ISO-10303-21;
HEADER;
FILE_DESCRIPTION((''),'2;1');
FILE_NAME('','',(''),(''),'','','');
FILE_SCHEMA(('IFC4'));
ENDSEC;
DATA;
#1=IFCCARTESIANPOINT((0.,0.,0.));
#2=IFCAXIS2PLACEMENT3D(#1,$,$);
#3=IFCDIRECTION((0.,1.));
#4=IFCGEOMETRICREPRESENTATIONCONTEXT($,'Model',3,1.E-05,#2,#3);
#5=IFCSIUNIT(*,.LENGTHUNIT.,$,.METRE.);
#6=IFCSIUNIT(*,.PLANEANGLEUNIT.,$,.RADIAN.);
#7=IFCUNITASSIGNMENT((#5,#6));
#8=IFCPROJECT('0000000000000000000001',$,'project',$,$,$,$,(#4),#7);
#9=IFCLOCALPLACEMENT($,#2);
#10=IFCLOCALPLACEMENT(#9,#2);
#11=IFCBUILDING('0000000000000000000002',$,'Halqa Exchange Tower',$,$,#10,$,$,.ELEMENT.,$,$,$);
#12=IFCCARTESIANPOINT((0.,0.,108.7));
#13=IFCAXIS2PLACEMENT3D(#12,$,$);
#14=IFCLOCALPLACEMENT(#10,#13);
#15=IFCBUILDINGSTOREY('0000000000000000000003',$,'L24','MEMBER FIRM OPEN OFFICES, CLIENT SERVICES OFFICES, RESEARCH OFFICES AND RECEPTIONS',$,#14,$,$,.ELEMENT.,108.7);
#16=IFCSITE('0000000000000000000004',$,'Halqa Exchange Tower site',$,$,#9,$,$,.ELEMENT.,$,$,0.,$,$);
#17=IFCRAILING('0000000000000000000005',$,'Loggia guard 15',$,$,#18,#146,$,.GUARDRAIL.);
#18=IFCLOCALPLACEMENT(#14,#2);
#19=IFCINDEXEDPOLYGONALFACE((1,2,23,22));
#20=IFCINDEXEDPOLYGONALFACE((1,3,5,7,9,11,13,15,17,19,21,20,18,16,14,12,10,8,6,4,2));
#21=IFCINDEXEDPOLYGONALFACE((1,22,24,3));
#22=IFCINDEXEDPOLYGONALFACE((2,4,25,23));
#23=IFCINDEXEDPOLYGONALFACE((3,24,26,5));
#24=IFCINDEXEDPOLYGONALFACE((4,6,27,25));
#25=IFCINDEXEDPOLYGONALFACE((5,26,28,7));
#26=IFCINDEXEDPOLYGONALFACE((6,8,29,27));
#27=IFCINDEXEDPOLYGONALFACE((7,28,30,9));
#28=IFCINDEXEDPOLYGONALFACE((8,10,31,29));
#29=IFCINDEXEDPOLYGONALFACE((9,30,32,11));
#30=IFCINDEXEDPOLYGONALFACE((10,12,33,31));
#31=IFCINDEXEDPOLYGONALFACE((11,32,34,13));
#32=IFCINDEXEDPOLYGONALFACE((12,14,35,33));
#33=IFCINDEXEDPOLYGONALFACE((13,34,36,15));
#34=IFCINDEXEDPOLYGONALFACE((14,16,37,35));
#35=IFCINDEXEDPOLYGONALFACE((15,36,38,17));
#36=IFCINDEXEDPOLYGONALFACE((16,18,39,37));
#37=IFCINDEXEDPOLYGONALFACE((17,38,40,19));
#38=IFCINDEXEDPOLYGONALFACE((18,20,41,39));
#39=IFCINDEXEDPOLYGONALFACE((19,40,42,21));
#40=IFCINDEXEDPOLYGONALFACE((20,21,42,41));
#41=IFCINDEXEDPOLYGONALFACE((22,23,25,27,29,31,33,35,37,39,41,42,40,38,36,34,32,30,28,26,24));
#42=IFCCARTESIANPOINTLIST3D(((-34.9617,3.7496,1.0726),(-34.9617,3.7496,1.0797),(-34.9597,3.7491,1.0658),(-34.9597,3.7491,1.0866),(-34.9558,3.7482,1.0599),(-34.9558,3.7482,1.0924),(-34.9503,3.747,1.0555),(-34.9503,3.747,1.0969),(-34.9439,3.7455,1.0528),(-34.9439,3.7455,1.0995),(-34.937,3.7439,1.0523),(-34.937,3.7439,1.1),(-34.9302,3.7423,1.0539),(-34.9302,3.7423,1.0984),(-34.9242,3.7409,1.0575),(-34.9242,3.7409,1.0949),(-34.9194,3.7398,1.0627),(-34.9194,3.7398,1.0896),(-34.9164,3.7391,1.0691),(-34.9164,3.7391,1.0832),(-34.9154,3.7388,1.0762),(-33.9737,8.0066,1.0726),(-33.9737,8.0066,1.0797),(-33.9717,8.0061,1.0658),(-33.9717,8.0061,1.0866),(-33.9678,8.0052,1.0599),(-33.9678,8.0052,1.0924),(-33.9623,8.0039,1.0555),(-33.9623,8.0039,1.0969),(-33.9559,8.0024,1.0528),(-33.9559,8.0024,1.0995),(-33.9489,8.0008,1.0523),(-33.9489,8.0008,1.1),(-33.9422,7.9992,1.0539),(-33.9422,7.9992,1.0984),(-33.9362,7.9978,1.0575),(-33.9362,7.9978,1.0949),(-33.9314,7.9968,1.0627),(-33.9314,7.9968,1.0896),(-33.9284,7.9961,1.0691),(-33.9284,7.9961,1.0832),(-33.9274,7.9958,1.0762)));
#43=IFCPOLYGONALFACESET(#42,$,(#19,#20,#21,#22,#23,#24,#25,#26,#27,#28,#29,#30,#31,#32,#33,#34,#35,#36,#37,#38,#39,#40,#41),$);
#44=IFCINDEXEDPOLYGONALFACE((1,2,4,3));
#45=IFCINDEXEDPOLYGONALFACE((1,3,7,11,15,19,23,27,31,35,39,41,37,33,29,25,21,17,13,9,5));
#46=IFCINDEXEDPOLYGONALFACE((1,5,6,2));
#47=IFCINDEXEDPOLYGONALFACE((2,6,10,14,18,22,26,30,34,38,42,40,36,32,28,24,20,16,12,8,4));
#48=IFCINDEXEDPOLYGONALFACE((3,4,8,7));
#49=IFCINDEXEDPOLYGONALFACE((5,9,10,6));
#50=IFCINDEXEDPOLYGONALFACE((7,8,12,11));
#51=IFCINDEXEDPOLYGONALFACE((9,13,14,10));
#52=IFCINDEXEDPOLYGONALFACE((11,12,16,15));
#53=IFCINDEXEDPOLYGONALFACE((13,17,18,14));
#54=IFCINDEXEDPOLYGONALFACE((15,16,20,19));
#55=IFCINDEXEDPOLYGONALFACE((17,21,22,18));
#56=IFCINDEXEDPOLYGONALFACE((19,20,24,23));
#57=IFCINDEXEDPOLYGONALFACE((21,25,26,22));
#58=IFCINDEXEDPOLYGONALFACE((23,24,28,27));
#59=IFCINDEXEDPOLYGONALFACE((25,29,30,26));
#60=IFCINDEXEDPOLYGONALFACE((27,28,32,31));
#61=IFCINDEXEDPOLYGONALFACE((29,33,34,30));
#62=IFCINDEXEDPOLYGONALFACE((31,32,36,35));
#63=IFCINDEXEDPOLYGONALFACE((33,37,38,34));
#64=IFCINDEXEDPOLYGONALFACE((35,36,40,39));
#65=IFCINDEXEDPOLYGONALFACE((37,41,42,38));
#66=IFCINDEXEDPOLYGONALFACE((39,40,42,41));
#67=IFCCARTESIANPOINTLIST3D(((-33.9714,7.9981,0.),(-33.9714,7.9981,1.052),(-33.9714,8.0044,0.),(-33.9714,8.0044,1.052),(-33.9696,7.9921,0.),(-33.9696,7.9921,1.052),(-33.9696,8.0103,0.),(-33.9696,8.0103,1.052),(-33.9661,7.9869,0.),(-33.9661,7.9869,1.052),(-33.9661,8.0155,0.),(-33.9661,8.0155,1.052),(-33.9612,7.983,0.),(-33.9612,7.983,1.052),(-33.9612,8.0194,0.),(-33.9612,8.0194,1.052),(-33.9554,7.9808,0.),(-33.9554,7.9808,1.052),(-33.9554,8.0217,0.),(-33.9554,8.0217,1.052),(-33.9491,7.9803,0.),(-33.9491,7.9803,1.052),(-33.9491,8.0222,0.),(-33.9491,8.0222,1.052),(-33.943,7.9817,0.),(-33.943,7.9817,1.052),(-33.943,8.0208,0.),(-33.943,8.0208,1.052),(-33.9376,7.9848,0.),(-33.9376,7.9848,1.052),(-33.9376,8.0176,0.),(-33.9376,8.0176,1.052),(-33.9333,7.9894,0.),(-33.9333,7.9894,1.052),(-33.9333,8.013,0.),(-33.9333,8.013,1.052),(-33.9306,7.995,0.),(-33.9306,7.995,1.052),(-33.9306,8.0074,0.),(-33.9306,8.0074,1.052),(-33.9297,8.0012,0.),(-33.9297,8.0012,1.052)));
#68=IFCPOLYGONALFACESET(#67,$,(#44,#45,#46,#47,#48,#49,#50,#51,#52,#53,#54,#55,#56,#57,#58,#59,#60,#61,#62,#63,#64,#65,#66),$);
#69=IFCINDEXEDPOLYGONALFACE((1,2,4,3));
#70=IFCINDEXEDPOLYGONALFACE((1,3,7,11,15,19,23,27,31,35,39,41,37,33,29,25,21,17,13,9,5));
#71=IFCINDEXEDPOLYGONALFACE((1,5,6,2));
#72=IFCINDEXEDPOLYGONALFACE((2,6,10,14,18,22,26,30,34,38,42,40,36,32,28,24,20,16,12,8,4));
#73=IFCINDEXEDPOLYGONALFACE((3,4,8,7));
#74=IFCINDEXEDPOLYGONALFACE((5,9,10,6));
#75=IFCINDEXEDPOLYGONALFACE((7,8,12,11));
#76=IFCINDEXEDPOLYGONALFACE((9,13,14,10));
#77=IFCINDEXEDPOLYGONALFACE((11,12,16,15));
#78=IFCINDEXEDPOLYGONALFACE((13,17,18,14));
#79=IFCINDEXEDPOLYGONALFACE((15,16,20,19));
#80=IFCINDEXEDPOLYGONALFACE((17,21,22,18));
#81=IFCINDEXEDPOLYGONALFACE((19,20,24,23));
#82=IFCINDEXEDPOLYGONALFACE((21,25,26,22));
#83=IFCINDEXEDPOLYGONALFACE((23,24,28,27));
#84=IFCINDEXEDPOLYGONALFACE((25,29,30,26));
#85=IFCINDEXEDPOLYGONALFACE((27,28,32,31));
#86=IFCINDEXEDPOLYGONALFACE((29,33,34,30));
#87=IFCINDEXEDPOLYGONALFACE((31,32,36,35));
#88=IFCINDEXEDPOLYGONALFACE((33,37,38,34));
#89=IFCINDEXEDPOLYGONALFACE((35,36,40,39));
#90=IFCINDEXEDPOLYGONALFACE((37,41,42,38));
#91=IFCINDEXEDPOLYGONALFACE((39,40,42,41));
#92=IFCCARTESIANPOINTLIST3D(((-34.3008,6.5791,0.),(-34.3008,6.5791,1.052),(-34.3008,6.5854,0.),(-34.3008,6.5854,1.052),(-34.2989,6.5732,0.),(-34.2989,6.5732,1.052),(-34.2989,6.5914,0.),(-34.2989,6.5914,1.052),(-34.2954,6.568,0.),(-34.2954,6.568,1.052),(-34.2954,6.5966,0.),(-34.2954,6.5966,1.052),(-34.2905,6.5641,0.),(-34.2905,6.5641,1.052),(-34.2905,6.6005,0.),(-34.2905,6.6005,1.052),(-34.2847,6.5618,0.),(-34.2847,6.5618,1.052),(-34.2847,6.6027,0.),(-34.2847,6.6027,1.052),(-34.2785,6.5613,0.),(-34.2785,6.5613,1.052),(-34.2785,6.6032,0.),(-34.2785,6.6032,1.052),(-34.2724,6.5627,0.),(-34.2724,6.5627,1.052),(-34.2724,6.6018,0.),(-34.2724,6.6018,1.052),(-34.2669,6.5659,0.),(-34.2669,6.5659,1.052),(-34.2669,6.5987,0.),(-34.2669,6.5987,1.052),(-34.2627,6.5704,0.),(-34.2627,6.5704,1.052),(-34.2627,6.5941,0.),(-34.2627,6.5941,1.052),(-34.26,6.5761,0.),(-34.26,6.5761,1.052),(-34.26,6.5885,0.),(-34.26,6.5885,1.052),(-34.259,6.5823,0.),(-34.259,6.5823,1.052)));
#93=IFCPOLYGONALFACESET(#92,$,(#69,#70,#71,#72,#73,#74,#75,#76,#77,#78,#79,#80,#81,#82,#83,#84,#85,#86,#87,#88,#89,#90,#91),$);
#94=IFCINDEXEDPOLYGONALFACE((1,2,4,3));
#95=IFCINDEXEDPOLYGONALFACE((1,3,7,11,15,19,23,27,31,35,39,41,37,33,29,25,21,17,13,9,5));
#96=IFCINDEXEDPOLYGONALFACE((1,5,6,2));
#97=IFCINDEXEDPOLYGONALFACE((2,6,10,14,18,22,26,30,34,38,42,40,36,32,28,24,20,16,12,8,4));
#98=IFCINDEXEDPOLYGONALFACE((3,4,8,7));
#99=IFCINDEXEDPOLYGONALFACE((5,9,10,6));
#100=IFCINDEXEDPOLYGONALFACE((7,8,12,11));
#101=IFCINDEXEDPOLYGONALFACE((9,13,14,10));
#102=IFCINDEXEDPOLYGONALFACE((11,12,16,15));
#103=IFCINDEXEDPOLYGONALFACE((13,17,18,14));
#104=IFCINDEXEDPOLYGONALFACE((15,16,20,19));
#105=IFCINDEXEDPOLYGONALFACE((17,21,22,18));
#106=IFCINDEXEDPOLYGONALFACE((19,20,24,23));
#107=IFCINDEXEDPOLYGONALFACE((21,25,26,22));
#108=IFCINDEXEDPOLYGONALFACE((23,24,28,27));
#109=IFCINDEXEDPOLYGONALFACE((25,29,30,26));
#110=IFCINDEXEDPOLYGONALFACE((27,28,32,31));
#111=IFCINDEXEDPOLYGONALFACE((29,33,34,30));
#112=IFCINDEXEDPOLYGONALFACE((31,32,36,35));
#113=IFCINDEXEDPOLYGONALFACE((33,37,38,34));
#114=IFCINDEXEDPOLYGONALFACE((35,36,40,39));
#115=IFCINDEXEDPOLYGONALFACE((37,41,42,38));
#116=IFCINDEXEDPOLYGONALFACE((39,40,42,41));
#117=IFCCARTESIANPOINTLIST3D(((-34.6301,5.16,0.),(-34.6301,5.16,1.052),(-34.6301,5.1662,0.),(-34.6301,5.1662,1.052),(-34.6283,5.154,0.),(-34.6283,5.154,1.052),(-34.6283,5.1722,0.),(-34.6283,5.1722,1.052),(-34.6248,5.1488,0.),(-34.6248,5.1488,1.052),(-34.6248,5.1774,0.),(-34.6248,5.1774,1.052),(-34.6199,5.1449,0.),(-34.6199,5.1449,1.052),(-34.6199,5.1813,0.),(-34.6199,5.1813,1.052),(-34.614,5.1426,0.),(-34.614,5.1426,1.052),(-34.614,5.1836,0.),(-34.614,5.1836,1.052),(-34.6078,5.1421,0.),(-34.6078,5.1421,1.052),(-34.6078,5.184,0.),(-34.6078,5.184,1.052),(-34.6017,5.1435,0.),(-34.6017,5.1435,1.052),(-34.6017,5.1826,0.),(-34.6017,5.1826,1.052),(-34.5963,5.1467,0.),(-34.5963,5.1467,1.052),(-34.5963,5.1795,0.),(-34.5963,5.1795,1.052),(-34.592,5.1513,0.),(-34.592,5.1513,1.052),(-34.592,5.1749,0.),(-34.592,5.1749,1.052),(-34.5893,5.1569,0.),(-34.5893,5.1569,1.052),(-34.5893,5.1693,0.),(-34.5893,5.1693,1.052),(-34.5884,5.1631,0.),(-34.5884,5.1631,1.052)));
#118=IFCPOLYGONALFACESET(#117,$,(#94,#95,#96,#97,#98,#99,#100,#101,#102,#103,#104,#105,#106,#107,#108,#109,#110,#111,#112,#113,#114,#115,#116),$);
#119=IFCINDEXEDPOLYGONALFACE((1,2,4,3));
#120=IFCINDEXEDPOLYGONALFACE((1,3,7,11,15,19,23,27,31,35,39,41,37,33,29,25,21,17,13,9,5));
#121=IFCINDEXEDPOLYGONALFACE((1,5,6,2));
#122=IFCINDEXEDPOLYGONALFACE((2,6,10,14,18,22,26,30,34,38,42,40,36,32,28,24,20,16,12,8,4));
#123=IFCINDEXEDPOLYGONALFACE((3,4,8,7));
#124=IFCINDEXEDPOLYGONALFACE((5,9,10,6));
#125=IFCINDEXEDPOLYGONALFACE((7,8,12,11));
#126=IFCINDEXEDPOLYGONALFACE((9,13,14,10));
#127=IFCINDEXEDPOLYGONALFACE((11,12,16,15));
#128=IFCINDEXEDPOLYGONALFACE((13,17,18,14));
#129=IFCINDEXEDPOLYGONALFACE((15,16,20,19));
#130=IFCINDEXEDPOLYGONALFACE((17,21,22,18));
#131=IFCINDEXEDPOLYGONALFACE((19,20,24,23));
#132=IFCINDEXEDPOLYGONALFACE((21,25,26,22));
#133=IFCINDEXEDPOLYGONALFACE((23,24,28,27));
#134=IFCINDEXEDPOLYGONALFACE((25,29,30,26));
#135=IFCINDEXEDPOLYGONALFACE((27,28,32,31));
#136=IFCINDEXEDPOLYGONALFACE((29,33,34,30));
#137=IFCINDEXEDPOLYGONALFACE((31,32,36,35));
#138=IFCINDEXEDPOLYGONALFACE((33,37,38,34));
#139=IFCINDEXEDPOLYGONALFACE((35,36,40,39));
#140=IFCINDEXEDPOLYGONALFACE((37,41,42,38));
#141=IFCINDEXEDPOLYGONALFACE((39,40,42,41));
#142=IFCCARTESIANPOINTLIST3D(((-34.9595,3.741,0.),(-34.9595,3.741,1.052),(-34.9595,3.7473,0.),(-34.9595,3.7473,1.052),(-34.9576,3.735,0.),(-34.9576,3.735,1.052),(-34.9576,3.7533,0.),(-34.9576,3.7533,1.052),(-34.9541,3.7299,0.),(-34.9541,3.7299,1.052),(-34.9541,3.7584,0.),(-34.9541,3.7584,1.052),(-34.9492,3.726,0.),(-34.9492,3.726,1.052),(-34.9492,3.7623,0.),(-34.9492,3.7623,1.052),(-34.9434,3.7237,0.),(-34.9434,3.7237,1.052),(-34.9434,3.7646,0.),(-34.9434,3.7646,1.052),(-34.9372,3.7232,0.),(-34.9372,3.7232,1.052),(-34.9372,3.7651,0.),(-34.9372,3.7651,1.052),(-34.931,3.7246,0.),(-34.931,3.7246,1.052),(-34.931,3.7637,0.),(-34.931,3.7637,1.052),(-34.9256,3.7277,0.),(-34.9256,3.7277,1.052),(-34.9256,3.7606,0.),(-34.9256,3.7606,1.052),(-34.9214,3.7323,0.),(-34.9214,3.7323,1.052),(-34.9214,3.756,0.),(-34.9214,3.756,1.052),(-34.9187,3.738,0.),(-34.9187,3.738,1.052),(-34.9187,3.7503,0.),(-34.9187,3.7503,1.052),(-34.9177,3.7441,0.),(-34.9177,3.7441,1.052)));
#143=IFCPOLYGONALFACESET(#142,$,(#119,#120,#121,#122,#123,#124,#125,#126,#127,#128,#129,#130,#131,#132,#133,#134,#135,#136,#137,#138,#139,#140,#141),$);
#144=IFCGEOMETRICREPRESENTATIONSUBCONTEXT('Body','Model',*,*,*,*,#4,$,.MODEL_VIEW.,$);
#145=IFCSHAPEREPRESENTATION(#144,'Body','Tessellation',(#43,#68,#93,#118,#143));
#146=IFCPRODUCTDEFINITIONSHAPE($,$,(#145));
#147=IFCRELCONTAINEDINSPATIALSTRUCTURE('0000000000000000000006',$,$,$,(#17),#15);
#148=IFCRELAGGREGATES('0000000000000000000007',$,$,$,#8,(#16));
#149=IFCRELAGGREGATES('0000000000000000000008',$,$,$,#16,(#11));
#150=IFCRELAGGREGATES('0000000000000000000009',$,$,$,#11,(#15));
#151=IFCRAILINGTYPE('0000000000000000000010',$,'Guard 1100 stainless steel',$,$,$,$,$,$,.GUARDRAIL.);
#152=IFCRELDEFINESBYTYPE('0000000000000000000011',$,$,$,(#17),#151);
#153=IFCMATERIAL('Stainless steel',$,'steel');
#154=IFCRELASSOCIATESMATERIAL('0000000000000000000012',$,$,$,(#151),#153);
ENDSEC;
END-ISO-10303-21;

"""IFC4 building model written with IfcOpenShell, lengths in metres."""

from ifc_helpers import new_model, si_unit, direction, frame, origin, origin_2d, place, context, subcontext, project, spatial, circle, extrude, material, type_object, element, save


model = new_model("IFC4")

# Units and contexts
model_context = context("Model", 3, precision=1e-05, world=origin(), true_north=direction((0.0, 1.0)))
body_context = subcontext(model_context, "Body", "Model", "MODEL_VIEW")
ifc_project = project(units=[si_unit("LENGTHUNIT", "METRE"), si_unit("PLANEANGLEUNIT", "RADIAN")], contexts=[model_context])

# Site, building, storey
site_placement = place(None, origin())
site = spatial("IfcSite", under=ifc_project, at=site_placement, Name="Halqa Exchange Tower site", CompositionType="ELEMENT", RefElevation=0.0)
building_placement = place(site_placement, origin())
building = spatial("IfcBuilding", under=site, at=building_placement, Name="Halqa Exchange Tower", CompositionType="ELEMENT")
storey_placement = place(building_placement, frame((0.0, 0.0, 108.7)))
storey = spatial("IfcBuildingStorey", under=building, at=storey_placement, Name="L24", Description="MEMBER FIRM OPEN OFFICES, CLIENT SERVICES OFFICES, RESEARCH OFFICES AND RECEPTIONS", CompositionType="ELEMENT", Elevation=108.7)

# Railing
ifc_material_1 = material(Name="Stainless steel", Category="steel")
railing_type = type_object("IfcRailingType", Name="Guard 1100 stainless steel", PredefinedType="GUARDRAIL", material=ifc_material_1)
railing_1_placement = place(storey_placement, frame((-33.9507, 8.0012, 0.0)))
element("IfcRailing", 1, at=railing_1_placement, inside=storey, type_object=railing_type, Name="Loggia guard 15", PredefinedType="GUARDRAIL", context=body_context, shape_type="SweptSolid", body=[
    extrude(circle(Radius=0.0239, at=origin_2d()), frame((0.0, 0.0, 1.0762), z_axis=(-0.226083, -0.974108, 0.0), x_axis=(0.974108, -0.226083, 0.0)), (0.0, 0.0, 1.0), 4.3701),
    extrude(circle(Radius=0.021, at=origin_2d()), origin(), (0.0, 0.0, 1.0), 1.052),
    extrude(circle(Radius=0.021, at=origin_2d()), frame((-0.3293, -1.4189, 0.0)), (0.0, 0.0, 1.0), 1.052),
    extrude(circle(Radius=0.021, at=origin_2d()), frame((-0.6587, -2.8381, 0.0)), (0.0, 0.0, 1.0), 1.052),
    extrude(circle(Radius=0.021, at=origin_2d()), frame((-0.988, -4.2571, 0.0)), (0.0, 0.0, 1.0), 1.052),
])

save(model, "model.ifc")
